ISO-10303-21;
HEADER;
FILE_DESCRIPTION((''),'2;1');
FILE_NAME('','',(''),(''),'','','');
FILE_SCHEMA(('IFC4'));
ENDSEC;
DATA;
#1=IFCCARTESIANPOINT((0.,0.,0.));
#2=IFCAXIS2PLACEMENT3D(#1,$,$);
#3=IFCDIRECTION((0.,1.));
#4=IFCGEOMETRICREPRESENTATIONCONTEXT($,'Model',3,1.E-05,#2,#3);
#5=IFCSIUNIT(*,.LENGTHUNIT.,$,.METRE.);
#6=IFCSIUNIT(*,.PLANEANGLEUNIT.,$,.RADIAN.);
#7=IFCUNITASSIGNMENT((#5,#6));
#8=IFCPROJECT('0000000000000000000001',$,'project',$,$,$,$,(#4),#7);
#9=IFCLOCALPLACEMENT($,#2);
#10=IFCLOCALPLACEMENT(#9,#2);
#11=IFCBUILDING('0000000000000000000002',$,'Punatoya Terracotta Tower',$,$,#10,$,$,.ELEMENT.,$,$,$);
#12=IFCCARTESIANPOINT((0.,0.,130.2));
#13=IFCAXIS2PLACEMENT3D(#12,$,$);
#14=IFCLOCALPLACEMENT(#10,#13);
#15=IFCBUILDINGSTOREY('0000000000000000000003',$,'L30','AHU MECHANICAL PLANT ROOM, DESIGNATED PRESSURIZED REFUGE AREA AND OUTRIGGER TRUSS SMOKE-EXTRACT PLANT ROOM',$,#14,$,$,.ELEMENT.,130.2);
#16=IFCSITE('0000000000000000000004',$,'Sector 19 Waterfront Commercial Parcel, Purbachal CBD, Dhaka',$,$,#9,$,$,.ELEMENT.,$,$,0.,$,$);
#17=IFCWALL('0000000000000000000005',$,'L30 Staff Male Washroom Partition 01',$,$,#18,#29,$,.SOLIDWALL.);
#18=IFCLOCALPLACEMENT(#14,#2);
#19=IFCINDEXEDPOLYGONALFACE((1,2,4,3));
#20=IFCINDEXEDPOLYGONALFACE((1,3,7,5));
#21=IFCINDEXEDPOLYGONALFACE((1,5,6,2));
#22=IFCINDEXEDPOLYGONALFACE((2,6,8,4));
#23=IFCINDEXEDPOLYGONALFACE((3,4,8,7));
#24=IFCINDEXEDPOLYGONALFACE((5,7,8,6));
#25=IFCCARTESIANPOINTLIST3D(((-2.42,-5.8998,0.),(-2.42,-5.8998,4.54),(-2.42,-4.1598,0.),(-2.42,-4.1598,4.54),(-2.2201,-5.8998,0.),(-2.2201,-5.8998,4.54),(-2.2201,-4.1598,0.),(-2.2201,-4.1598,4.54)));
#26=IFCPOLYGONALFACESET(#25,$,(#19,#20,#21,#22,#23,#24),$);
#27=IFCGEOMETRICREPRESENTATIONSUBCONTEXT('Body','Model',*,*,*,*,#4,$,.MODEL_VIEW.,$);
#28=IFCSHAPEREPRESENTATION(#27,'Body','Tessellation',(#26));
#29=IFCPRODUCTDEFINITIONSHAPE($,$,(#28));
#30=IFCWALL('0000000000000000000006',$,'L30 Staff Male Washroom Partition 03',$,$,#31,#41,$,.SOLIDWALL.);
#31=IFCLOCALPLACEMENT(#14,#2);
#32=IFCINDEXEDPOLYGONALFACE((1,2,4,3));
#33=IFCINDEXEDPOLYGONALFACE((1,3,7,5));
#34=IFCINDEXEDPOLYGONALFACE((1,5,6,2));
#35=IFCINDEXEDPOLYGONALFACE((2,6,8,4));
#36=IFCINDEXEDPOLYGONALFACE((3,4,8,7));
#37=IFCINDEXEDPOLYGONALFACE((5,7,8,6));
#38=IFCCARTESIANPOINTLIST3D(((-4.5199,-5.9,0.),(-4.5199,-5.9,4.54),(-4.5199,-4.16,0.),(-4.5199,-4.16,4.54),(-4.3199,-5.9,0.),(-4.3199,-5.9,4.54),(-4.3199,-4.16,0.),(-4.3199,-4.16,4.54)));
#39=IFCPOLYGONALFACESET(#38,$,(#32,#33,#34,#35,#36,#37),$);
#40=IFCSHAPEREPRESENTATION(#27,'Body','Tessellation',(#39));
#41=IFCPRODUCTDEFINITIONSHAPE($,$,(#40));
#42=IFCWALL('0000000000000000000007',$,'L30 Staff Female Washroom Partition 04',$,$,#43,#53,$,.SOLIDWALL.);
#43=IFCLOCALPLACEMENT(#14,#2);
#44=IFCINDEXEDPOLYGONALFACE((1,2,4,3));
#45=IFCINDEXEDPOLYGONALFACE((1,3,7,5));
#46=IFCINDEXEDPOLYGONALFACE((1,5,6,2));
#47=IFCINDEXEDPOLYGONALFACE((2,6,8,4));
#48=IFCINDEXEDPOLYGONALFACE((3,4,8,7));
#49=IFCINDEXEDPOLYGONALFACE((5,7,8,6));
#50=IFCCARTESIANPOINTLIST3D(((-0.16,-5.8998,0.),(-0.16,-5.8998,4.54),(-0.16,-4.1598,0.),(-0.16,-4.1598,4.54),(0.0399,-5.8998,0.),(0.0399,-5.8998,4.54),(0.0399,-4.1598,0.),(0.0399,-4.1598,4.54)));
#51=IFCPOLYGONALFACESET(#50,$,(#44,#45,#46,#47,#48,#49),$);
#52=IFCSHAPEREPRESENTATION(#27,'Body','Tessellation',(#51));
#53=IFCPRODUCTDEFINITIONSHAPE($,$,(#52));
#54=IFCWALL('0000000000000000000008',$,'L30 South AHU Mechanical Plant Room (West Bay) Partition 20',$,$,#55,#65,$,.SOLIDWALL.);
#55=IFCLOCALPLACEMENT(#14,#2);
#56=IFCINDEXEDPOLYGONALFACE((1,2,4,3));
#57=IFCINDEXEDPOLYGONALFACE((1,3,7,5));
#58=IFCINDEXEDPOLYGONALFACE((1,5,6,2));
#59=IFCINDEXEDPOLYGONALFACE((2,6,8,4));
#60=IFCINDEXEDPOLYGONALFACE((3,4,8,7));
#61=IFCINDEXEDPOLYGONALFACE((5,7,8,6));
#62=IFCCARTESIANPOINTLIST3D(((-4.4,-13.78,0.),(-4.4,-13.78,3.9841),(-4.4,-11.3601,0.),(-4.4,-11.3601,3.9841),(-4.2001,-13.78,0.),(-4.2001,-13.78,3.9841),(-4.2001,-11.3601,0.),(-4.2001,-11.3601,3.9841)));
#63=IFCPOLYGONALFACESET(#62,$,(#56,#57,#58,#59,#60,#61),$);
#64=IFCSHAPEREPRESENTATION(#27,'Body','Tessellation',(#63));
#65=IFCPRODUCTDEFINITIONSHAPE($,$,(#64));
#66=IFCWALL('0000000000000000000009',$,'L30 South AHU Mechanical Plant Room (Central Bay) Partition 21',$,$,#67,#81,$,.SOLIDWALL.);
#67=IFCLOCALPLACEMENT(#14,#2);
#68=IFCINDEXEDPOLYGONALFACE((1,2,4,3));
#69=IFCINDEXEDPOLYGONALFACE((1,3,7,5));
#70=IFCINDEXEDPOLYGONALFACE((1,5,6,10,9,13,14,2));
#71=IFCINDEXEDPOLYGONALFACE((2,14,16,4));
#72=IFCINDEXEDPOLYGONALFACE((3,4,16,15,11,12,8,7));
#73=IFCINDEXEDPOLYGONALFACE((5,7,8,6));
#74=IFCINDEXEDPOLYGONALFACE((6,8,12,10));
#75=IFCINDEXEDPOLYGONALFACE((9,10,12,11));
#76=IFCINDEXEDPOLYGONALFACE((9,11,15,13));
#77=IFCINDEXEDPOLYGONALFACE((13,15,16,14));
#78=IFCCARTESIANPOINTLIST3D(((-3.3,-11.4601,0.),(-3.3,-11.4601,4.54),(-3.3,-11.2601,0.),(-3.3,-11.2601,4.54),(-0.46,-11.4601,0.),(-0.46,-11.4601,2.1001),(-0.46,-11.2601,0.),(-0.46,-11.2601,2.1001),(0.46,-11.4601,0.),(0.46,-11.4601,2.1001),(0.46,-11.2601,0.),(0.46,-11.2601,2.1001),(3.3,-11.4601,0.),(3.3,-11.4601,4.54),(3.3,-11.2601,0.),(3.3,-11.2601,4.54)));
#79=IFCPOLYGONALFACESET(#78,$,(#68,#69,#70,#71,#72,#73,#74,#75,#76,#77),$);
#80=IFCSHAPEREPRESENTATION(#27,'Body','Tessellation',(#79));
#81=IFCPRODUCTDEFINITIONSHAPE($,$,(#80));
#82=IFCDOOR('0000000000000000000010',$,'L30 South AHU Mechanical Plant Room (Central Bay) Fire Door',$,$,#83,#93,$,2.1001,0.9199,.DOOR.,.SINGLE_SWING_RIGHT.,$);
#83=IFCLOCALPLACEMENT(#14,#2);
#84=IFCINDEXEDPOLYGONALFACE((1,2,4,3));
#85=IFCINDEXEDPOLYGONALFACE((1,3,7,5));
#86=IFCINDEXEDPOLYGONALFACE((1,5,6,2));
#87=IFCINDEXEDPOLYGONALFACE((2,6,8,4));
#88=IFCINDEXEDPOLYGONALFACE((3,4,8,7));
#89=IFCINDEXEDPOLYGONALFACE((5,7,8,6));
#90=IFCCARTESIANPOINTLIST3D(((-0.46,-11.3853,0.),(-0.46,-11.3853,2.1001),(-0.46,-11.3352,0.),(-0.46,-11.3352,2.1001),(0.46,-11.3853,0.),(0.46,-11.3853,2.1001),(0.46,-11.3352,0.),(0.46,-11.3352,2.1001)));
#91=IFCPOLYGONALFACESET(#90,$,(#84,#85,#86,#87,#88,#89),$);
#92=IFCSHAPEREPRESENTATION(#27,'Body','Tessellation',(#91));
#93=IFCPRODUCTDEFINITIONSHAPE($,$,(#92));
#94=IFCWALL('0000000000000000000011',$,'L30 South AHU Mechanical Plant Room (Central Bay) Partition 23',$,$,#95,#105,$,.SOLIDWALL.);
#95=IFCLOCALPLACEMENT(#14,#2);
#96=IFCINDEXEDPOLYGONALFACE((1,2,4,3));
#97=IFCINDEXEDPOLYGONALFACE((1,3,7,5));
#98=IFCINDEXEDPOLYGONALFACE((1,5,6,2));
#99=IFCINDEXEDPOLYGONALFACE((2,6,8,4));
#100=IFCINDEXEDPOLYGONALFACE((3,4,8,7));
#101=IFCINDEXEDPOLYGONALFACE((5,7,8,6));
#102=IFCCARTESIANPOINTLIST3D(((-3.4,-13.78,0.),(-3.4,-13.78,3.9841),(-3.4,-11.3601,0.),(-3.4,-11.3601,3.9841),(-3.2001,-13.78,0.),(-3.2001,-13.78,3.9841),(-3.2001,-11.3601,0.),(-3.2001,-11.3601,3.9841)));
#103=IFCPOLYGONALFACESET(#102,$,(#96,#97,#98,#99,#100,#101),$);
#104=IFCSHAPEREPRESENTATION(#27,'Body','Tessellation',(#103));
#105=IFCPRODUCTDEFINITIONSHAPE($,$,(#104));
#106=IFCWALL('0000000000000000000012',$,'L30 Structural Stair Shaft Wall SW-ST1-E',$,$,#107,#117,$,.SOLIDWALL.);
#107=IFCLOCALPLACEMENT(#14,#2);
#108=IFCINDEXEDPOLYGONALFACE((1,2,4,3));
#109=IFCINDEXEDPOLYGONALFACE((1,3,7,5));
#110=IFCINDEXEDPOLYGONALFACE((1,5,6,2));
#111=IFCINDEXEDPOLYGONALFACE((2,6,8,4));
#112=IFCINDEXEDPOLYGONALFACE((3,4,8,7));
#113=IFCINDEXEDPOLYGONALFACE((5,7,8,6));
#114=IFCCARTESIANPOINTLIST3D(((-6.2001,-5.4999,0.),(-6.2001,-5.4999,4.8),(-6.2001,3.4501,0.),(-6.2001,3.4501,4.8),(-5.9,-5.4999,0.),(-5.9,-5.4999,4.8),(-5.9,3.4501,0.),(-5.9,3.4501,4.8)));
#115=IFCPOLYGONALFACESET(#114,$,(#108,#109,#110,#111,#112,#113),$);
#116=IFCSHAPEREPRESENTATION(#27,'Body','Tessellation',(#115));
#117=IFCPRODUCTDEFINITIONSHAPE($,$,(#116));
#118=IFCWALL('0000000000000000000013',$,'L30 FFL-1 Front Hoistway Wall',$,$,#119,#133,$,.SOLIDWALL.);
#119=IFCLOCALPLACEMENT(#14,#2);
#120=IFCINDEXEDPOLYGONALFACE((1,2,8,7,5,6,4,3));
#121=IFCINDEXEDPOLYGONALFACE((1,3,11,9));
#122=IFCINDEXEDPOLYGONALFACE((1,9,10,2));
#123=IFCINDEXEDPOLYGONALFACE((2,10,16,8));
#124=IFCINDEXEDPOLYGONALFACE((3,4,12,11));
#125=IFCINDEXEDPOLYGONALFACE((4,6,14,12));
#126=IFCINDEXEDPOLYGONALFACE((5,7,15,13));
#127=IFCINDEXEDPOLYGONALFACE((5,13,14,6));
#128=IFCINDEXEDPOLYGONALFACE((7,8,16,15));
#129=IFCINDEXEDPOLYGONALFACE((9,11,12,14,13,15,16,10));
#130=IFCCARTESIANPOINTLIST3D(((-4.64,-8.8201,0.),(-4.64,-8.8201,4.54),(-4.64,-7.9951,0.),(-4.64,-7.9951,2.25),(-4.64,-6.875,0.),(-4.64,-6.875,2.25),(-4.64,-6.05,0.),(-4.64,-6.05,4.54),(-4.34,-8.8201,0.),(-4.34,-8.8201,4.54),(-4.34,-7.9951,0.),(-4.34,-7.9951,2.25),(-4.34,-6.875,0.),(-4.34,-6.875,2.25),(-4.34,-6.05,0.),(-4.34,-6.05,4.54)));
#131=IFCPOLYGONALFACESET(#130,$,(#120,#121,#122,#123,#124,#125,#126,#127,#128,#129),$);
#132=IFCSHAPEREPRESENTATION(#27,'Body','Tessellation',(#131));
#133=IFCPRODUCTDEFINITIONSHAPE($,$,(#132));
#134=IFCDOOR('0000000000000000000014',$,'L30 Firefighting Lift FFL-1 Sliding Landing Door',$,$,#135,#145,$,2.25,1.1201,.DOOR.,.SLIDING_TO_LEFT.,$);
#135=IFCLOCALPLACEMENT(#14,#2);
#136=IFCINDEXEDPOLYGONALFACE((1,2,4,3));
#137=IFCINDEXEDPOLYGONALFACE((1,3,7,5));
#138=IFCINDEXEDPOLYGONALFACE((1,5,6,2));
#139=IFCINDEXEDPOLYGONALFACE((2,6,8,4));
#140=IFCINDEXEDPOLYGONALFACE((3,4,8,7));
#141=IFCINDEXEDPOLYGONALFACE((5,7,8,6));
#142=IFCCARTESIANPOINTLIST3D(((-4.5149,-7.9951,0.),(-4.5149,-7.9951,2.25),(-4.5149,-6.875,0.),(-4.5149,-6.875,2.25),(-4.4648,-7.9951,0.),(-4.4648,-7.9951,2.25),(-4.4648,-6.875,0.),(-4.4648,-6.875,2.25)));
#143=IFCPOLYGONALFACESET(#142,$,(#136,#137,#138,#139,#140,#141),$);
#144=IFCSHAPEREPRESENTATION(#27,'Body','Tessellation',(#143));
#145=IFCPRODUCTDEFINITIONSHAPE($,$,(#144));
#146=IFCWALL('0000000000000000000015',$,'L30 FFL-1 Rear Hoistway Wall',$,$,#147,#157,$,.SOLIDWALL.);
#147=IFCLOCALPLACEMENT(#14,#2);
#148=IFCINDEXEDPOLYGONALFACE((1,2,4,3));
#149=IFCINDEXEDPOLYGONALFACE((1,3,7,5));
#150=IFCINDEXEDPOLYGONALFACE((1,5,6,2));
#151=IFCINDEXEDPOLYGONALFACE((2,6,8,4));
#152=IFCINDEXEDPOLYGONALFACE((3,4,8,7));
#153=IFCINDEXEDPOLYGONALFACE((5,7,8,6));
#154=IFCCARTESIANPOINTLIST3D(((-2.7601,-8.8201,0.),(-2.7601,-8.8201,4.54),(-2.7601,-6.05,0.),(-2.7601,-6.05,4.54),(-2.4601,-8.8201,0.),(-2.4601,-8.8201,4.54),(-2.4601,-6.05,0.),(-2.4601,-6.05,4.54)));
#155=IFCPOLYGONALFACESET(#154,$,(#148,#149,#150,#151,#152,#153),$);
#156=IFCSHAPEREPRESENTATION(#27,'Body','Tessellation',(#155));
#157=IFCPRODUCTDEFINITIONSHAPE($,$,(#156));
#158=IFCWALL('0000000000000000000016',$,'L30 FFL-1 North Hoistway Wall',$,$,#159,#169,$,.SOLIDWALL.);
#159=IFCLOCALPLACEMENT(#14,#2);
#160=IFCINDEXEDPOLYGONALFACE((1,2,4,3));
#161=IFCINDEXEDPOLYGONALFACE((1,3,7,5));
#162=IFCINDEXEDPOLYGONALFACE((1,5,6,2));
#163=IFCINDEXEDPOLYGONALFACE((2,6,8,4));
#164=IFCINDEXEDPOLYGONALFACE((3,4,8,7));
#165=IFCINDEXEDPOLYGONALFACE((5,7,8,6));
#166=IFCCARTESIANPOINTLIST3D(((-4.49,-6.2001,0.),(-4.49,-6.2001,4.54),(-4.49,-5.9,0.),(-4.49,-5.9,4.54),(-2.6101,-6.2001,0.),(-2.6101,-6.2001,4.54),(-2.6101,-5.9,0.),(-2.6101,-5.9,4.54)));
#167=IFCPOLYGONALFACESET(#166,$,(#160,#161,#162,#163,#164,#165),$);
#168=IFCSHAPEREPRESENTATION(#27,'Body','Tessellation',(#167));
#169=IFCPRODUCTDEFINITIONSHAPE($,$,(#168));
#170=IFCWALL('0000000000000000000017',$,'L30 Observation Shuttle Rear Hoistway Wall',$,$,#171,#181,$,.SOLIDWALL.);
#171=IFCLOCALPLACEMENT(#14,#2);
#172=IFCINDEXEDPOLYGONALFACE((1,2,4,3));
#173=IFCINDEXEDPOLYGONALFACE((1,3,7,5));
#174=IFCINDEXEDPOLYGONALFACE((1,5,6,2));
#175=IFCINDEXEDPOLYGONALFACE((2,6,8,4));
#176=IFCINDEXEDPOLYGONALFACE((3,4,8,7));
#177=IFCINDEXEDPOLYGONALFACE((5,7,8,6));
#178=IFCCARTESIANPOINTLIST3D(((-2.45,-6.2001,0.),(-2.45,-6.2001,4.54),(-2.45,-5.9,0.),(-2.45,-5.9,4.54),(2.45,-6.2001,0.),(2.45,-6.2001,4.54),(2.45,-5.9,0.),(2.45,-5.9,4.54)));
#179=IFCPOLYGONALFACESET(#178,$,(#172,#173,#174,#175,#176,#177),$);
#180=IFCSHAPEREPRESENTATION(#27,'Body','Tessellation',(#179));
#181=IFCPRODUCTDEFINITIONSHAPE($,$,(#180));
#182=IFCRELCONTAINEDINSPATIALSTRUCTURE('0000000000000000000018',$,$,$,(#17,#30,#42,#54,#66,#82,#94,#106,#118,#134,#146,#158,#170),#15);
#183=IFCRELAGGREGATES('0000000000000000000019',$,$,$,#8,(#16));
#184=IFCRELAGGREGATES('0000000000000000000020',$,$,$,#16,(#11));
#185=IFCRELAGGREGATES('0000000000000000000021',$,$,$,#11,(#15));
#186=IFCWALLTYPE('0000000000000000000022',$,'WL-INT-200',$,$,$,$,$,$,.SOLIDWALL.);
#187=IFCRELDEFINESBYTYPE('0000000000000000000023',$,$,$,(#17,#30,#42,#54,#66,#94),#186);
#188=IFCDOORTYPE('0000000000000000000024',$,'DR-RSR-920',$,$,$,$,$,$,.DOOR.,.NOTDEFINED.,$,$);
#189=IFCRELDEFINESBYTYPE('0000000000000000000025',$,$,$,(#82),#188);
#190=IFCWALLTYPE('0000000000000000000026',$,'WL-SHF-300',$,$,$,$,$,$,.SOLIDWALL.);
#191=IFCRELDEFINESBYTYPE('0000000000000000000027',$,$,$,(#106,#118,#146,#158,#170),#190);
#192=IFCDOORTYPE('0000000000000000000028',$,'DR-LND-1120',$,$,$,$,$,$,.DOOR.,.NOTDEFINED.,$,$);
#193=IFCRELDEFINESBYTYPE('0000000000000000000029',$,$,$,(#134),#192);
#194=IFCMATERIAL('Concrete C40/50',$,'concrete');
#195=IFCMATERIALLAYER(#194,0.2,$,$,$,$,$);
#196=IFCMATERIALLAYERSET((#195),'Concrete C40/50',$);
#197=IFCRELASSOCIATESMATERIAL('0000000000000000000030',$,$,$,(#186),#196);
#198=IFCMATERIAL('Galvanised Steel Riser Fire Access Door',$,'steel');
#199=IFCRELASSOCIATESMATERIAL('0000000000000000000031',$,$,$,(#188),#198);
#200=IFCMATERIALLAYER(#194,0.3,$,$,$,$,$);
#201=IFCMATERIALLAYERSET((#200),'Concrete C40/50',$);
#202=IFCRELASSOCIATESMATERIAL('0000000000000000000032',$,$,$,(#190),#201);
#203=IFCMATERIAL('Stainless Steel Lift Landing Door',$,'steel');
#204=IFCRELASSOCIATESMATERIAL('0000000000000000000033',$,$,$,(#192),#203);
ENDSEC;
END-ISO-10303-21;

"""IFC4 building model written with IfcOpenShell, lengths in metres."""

from ifc_helpers import new_model, si_unit, direction, frame, frame_2d, origin, place, context, subcontext, project, spatial, rectangle, extrude, material, layer, layer_set, type_object, element, fill, save


model = new_model("IFC4")

# Units and contexts
model_context = context("Model", 3, precision=1e-05, world=origin(), true_north=direction((0.0, 1.0)))
body_context = subcontext(model_context, "Body", "Model", "MODEL_VIEW")
ifc_project = project(units=[si_unit("LENGTHUNIT", "METRE"), si_unit("PLANEANGLEUNIT", "RADIAN")], contexts=[model_context])

# Site, building, storey
site_placement = place(None, origin())
site = spatial("IfcSite", under=ifc_project, at=site_placement, Name="Sector 19 Waterfront Commercial Parcel, Purbachal CBD, Dhaka", CompositionType="ELEMENT", RefElevation=0.0)
building_placement = place(site_placement, origin())
building = spatial("IfcBuilding", under=site, at=building_placement, Name="Punatoya Terracotta Tower", CompositionType="ELEMENT")
storey_placement = place(building_placement, frame((0.0, 0.0, 130.2)))
storey = spatial("IfcBuildingStorey", under=building, at=storey_placement, Name="L30", Description="AHU MECHANICAL PLANT ROOM, DESIGNATED PRESSURIZED REFUGE AREA AND OUTRIGGER TRUSS SMOKE-EXTRACT PLANT ROOM", CompositionType="ELEMENT", Elevation=130.2)

# Wall
ifc_material_1 = material(Name="Concrete C40/50", Category="concrete")
ifc_layer_1 = layer(ifc_material_1, 0.2)
ifc_layer_set_1 = layer_set([ifc_layer_1], Name="Concrete C40/50")
wall_type_1 = type_object("IfcWallType", Name="WL-INT-200", PredefinedType="SOLIDWALL", material=ifc_layer_set_1)
wall_1_placement = place(storey_placement, frame((-2.3201, -5.8999, 0.0), z_axis=(0.0, 0.0, 1.0), x_axis=(0.0, 1.0, 0.0)))
element("IfcWall", 1, at=wall_1_placement, inside=storey, type_object=wall_type_1, Name="L30 Staff Male Washroom Partition 01", PredefinedType="SOLIDWALL", context=body_context, shape_type="SweptSolid", body=[
    extrude(rectangle(XDim=1.74, YDim=0.2, at=frame_2d((0.8701, 0.0))), origin(), (0.0, 0.0, 1.0), 4.54),
])

# Walls
for number, where, z_axis, x_axis, name in (
    (2, (-4.4199, -4.1599, 0.0), (0.0, 0.0, 1.0), (0.0, -1.0, 0.0), "L30 Staff Male Washroom Partition 03"),
    (3, (-0.0601, -5.8999, 0.0), (0.0, 0.0, 1.0), (0.0, 1.0, 0.0), "L30 Staff Female Washroom Partition 04"),
):
    element("IfcWall", number, at=place(storey_placement, frame(where, z_axis=z_axis, x_axis=x_axis)), inside=storey, type_object=wall_type_1, Name=name, PredefinedType="SOLIDWALL", context=body_context, shape_type="SweptSolid", body=[
        extrude(rectangle(XDim=1.74, YDim=0.2, at=frame_2d((0.8701, 0.0))), origin(), (0.0, 0.0, 1.0), 4.54),
    ])

# Wall
wall_2_placement = place(storey_placement, frame((-4.3, -11.3601, 0.0), z_axis=(0.0, 0.0, 1.0), x_axis=(0.0, -1.0, 0.0)))
element("IfcWall", 4, at=wall_2_placement, inside=storey, type_object=wall_type_1, Name="L30 South AHU Mechanical Plant Room (West Bay) Partition 20", PredefinedType="SOLIDWALL", context=body_context, shape_type="SweptSolid", body=[
    extrude(rectangle(XDim=2.4199, YDim=0.2, at=frame_2d((1.21, 0.0))), origin(), (0.0, 0.0, 1.0), 3.9841),
])

# Wall, opening, door
wall_3_placement = place(storey_placement, frame((-3.3, -11.3601, 0.0), z_axis=(0.0, 0.0, 1.0), x_axis=(1.0, 0.0, 0.0)))
wall_3 = element("IfcWall", 5, at=wall_3_placement, inside=storey, type_object=wall_type_1, Name="L30 South AHU Mechanical Plant Room (Central Bay) Partition 21", PredefinedType="SOLIDWALL", context=body_context, shape_type="SweptSolid", body=[
    extrude(rectangle(XDim=6.6001, YDim=0.2, at=frame_2d((3.3, 0.0))), origin(), (0.0, 0.0, 1.0), 4.54),
])
opening_1_placement = place(wall_3_placement, frame((2.8401, 0.0, 0.0)))
opening_1 = element("IfcOpeningElement", 6, at=opening_1_placement, cuts=wall_3, PredefinedType="OPENING", context=body_context, shape_type="SweptSolid", body=[
    extrude(rectangle(XDim=0.9199, YDim=2.1001, at=frame_2d((0.46, 1.05))), frame((0.0, 0.1099, 0.0), z_axis=(0.0, -1.0, 0.0), x_axis=(1.0, 0.0, 0.0)), (0.0, 0.0, 1.0), 0.22),
])
ifc_material_2 = material(Name="Galvanised Steel Riser Fire Access Door", Category="steel")
door_type_1 = type_object("IfcDoorType", Name="DR-RSR-920", OperationType="NOTDEFINED", PredefinedType="DOOR", material=ifc_material_2)
door_1_placement = place(opening_1_placement, origin())
door_1 = element("IfcDoor", 7, at=door_1_placement, inside=storey, type_object=door_type_1, Name="L30 South AHU Mechanical Plant Room (Central Bay) Fire Door", OperationType="SINGLE_SWING_RIGHT", OverallHeight=2.1001, OverallWidth=0.9199, PredefinedType="DOOR", context=body_context, shape_type="SweptSolid", body=[
    extrude(rectangle(XDim=0.9199, YDim=2.1001, at=frame_2d((0.46, 1.05))), frame((0.0, 0.0249, 0.0), z_axis=(0.0, -1.0, 0.0), x_axis=(1.0, 0.0, 0.0)), (0.0, 0.0, 1.0), 0.05),
])
fill(opening_1, door_1)

# Walls
wall_4_placement = place(storey_placement, frame((-3.3, -13.78, 0.0), z_axis=(0.0, 0.0, 1.0), x_axis=(0.0, 1.0, 0.0)))
element("IfcWall", 8, at=wall_4_placement, inside=storey, type_object=wall_type_1, Name="L30 South AHU Mechanical Plant Room (Central Bay) Partition 23", PredefinedType="SOLIDWALL", context=body_context, shape_type="SweptSolid", body=[
    extrude(rectangle(XDim=2.4199, YDim=0.2, at=frame_2d((1.21, 0.0))), origin(), (0.0, 0.0, 1.0), 3.9841),
])
ifc_layer_2 = layer(ifc_material_1, 0.3)
ifc_layer_set_2 = layer_set([ifc_layer_2], Name="Concrete C40/50")
wall_type_2 = type_object("IfcWallType", Name="WL-SHF-300", PredefinedType="SOLIDWALL", material=ifc_layer_set_2)
wall_5_placement = place(storey_placement, frame((-6.05, -5.5, 0.0), z_axis=(0.0, 0.0, 1.0), x_axis=(0.0, 1.0, 0.0)))
element("IfcWall", 9, at=wall_5_placement, inside=storey, type_object=wall_type_2, Name="L30 Structural Stair Shaft Wall SW-ST1-E", PredefinedType="SOLIDWALL", context=body_context, shape_type="SweptSolid", body=[
    extrude(rectangle(XDim=8.95, YDim=0.3, at=frame_2d((4.4751, 0.0))), origin(), (0.0, 0.0, 1.0), 4.8),
])

# Wall, opening, door
wall_6_placement = place(storey_placement, frame((-4.49, -8.8201, 0.0), z_axis=(0.0, 0.0, 1.0), x_axis=(0.0, 1.0, 0.0)))
wall_6 = element("IfcWall", 10, at=wall_6_placement, inside=storey, type_object=wall_type_2, Name="L30 FFL-1 Front Hoistway Wall", PredefinedType="SOLIDWALL", context=body_context, shape_type="SweptSolid", body=[
    extrude(rectangle(XDim=2.77, YDim=0.3, at=frame_2d((1.385, 0.0))), origin(), (0.0, 0.0, 1.0), 4.54),
])
opening_2_placement = place(wall_6_placement, frame((0.825, 0.0, 0.0)))
opening_2 = element("IfcOpeningElement", 11, at=opening_2_placement, cuts=wall_6, PredefinedType="OPENING", context=body_context, shape_type="SweptSolid", body=[
    extrude(rectangle(XDim=1.1201, YDim=2.25, at=frame_2d((0.5601, 1.125))), frame((0.0, 0.1599, 0.0), z_axis=(0.0, -1.0, 0.0), x_axis=(1.0, 0.0, 0.0)), (0.0, 0.0, 1.0), 0.3201),
])
ifc_material_3 = material(Name="Stainless Steel Lift Landing Door", Category="steel")
door_type_2 = type_object("IfcDoorType", Name="DR-LND-1120", OperationType="NOTDEFINED", PredefinedType="DOOR", material=ifc_material_3)
door_2_placement = place(opening_2_placement, origin())
door_2 = element("IfcDoor", 12, at=door_2_placement, inside=storey, type_object=door_type_2, Name="L30 Firefighting Lift FFL-1 Sliding Landing Door", OperationType="SLIDING_TO_LEFT", OverallHeight=2.25, OverallWidth=1.1201, PredefinedType="DOOR", context=body_context, shape_type="SweptSolid", body=[
    extrude(rectangle(XDim=1.1201, YDim=2.25, at=frame_2d((0.5601, 1.125))), frame((0.0, 0.0249, 0.0), z_axis=(0.0, -1.0, 0.0), x_axis=(1.0, 0.0, 0.0)), (0.0, 0.0, 1.0), 0.05),
])
fill(opening_2, door_2)

# Walls
wall_7_placement = place(storey_placement, frame((-2.6101, -8.8201, 0.0), z_axis=(0.0, 0.0, 1.0), x_axis=(0.0, 1.0, 0.0)))
element("IfcWall", 13, at=wall_7_placement, inside=storey, type_object=wall_type_2, Name="L30 FFL-1 Rear Hoistway Wall", PredefinedType="SOLIDWALL", context=body_context, shape_type="SweptSolid", body=[
    extrude(rectangle(XDim=2.77, YDim=0.3, at=frame_2d((1.385, 0.0))), origin(), (0.0, 0.0, 1.0), 4.54),
])
wall_8_placement = place(storey_placement, frame((-4.49, -6.05, 0.0), z_axis=(0.0, 0.0, 1.0), x_axis=(1.0, 0.0, 0.0)))
element("IfcWall", 14, at=wall_8_placement, inside=storey, type_object=wall_type_2, Name="L30 FFL-1 North Hoistway Wall", PredefinedType="SOLIDWALL", context=body_context, shape_type="SweptSolid", body=[
    extrude(rectangle(XDim=1.8799, YDim=0.3, at=frame_2d((0.9399, 0.0))), origin(), (0.0, 0.0, 1.0), 4.54),
])
wall_9_placement = place(storey_placement, frame((-2.45, -6.05, 0.0), z_axis=(0.0, 0.0, 1.0), x_axis=(1.0, 0.0, 0.0)))
element("IfcWall", 15, at=wall_9_placement, inside=storey, type_object=wall_type_2, Name="L30 Observation Shuttle Rear Hoistway Wall", PredefinedType="SOLIDWALL", context=body_context, shape_type="SweptSolid", body=[
    extrude(rectangle(XDim=4.8999, YDim=0.3, at=frame_2d((2.45, 0.0))), origin(), (0.0, 0.0, 1.0), 4.54),
])

save(model, "model.ifc")
